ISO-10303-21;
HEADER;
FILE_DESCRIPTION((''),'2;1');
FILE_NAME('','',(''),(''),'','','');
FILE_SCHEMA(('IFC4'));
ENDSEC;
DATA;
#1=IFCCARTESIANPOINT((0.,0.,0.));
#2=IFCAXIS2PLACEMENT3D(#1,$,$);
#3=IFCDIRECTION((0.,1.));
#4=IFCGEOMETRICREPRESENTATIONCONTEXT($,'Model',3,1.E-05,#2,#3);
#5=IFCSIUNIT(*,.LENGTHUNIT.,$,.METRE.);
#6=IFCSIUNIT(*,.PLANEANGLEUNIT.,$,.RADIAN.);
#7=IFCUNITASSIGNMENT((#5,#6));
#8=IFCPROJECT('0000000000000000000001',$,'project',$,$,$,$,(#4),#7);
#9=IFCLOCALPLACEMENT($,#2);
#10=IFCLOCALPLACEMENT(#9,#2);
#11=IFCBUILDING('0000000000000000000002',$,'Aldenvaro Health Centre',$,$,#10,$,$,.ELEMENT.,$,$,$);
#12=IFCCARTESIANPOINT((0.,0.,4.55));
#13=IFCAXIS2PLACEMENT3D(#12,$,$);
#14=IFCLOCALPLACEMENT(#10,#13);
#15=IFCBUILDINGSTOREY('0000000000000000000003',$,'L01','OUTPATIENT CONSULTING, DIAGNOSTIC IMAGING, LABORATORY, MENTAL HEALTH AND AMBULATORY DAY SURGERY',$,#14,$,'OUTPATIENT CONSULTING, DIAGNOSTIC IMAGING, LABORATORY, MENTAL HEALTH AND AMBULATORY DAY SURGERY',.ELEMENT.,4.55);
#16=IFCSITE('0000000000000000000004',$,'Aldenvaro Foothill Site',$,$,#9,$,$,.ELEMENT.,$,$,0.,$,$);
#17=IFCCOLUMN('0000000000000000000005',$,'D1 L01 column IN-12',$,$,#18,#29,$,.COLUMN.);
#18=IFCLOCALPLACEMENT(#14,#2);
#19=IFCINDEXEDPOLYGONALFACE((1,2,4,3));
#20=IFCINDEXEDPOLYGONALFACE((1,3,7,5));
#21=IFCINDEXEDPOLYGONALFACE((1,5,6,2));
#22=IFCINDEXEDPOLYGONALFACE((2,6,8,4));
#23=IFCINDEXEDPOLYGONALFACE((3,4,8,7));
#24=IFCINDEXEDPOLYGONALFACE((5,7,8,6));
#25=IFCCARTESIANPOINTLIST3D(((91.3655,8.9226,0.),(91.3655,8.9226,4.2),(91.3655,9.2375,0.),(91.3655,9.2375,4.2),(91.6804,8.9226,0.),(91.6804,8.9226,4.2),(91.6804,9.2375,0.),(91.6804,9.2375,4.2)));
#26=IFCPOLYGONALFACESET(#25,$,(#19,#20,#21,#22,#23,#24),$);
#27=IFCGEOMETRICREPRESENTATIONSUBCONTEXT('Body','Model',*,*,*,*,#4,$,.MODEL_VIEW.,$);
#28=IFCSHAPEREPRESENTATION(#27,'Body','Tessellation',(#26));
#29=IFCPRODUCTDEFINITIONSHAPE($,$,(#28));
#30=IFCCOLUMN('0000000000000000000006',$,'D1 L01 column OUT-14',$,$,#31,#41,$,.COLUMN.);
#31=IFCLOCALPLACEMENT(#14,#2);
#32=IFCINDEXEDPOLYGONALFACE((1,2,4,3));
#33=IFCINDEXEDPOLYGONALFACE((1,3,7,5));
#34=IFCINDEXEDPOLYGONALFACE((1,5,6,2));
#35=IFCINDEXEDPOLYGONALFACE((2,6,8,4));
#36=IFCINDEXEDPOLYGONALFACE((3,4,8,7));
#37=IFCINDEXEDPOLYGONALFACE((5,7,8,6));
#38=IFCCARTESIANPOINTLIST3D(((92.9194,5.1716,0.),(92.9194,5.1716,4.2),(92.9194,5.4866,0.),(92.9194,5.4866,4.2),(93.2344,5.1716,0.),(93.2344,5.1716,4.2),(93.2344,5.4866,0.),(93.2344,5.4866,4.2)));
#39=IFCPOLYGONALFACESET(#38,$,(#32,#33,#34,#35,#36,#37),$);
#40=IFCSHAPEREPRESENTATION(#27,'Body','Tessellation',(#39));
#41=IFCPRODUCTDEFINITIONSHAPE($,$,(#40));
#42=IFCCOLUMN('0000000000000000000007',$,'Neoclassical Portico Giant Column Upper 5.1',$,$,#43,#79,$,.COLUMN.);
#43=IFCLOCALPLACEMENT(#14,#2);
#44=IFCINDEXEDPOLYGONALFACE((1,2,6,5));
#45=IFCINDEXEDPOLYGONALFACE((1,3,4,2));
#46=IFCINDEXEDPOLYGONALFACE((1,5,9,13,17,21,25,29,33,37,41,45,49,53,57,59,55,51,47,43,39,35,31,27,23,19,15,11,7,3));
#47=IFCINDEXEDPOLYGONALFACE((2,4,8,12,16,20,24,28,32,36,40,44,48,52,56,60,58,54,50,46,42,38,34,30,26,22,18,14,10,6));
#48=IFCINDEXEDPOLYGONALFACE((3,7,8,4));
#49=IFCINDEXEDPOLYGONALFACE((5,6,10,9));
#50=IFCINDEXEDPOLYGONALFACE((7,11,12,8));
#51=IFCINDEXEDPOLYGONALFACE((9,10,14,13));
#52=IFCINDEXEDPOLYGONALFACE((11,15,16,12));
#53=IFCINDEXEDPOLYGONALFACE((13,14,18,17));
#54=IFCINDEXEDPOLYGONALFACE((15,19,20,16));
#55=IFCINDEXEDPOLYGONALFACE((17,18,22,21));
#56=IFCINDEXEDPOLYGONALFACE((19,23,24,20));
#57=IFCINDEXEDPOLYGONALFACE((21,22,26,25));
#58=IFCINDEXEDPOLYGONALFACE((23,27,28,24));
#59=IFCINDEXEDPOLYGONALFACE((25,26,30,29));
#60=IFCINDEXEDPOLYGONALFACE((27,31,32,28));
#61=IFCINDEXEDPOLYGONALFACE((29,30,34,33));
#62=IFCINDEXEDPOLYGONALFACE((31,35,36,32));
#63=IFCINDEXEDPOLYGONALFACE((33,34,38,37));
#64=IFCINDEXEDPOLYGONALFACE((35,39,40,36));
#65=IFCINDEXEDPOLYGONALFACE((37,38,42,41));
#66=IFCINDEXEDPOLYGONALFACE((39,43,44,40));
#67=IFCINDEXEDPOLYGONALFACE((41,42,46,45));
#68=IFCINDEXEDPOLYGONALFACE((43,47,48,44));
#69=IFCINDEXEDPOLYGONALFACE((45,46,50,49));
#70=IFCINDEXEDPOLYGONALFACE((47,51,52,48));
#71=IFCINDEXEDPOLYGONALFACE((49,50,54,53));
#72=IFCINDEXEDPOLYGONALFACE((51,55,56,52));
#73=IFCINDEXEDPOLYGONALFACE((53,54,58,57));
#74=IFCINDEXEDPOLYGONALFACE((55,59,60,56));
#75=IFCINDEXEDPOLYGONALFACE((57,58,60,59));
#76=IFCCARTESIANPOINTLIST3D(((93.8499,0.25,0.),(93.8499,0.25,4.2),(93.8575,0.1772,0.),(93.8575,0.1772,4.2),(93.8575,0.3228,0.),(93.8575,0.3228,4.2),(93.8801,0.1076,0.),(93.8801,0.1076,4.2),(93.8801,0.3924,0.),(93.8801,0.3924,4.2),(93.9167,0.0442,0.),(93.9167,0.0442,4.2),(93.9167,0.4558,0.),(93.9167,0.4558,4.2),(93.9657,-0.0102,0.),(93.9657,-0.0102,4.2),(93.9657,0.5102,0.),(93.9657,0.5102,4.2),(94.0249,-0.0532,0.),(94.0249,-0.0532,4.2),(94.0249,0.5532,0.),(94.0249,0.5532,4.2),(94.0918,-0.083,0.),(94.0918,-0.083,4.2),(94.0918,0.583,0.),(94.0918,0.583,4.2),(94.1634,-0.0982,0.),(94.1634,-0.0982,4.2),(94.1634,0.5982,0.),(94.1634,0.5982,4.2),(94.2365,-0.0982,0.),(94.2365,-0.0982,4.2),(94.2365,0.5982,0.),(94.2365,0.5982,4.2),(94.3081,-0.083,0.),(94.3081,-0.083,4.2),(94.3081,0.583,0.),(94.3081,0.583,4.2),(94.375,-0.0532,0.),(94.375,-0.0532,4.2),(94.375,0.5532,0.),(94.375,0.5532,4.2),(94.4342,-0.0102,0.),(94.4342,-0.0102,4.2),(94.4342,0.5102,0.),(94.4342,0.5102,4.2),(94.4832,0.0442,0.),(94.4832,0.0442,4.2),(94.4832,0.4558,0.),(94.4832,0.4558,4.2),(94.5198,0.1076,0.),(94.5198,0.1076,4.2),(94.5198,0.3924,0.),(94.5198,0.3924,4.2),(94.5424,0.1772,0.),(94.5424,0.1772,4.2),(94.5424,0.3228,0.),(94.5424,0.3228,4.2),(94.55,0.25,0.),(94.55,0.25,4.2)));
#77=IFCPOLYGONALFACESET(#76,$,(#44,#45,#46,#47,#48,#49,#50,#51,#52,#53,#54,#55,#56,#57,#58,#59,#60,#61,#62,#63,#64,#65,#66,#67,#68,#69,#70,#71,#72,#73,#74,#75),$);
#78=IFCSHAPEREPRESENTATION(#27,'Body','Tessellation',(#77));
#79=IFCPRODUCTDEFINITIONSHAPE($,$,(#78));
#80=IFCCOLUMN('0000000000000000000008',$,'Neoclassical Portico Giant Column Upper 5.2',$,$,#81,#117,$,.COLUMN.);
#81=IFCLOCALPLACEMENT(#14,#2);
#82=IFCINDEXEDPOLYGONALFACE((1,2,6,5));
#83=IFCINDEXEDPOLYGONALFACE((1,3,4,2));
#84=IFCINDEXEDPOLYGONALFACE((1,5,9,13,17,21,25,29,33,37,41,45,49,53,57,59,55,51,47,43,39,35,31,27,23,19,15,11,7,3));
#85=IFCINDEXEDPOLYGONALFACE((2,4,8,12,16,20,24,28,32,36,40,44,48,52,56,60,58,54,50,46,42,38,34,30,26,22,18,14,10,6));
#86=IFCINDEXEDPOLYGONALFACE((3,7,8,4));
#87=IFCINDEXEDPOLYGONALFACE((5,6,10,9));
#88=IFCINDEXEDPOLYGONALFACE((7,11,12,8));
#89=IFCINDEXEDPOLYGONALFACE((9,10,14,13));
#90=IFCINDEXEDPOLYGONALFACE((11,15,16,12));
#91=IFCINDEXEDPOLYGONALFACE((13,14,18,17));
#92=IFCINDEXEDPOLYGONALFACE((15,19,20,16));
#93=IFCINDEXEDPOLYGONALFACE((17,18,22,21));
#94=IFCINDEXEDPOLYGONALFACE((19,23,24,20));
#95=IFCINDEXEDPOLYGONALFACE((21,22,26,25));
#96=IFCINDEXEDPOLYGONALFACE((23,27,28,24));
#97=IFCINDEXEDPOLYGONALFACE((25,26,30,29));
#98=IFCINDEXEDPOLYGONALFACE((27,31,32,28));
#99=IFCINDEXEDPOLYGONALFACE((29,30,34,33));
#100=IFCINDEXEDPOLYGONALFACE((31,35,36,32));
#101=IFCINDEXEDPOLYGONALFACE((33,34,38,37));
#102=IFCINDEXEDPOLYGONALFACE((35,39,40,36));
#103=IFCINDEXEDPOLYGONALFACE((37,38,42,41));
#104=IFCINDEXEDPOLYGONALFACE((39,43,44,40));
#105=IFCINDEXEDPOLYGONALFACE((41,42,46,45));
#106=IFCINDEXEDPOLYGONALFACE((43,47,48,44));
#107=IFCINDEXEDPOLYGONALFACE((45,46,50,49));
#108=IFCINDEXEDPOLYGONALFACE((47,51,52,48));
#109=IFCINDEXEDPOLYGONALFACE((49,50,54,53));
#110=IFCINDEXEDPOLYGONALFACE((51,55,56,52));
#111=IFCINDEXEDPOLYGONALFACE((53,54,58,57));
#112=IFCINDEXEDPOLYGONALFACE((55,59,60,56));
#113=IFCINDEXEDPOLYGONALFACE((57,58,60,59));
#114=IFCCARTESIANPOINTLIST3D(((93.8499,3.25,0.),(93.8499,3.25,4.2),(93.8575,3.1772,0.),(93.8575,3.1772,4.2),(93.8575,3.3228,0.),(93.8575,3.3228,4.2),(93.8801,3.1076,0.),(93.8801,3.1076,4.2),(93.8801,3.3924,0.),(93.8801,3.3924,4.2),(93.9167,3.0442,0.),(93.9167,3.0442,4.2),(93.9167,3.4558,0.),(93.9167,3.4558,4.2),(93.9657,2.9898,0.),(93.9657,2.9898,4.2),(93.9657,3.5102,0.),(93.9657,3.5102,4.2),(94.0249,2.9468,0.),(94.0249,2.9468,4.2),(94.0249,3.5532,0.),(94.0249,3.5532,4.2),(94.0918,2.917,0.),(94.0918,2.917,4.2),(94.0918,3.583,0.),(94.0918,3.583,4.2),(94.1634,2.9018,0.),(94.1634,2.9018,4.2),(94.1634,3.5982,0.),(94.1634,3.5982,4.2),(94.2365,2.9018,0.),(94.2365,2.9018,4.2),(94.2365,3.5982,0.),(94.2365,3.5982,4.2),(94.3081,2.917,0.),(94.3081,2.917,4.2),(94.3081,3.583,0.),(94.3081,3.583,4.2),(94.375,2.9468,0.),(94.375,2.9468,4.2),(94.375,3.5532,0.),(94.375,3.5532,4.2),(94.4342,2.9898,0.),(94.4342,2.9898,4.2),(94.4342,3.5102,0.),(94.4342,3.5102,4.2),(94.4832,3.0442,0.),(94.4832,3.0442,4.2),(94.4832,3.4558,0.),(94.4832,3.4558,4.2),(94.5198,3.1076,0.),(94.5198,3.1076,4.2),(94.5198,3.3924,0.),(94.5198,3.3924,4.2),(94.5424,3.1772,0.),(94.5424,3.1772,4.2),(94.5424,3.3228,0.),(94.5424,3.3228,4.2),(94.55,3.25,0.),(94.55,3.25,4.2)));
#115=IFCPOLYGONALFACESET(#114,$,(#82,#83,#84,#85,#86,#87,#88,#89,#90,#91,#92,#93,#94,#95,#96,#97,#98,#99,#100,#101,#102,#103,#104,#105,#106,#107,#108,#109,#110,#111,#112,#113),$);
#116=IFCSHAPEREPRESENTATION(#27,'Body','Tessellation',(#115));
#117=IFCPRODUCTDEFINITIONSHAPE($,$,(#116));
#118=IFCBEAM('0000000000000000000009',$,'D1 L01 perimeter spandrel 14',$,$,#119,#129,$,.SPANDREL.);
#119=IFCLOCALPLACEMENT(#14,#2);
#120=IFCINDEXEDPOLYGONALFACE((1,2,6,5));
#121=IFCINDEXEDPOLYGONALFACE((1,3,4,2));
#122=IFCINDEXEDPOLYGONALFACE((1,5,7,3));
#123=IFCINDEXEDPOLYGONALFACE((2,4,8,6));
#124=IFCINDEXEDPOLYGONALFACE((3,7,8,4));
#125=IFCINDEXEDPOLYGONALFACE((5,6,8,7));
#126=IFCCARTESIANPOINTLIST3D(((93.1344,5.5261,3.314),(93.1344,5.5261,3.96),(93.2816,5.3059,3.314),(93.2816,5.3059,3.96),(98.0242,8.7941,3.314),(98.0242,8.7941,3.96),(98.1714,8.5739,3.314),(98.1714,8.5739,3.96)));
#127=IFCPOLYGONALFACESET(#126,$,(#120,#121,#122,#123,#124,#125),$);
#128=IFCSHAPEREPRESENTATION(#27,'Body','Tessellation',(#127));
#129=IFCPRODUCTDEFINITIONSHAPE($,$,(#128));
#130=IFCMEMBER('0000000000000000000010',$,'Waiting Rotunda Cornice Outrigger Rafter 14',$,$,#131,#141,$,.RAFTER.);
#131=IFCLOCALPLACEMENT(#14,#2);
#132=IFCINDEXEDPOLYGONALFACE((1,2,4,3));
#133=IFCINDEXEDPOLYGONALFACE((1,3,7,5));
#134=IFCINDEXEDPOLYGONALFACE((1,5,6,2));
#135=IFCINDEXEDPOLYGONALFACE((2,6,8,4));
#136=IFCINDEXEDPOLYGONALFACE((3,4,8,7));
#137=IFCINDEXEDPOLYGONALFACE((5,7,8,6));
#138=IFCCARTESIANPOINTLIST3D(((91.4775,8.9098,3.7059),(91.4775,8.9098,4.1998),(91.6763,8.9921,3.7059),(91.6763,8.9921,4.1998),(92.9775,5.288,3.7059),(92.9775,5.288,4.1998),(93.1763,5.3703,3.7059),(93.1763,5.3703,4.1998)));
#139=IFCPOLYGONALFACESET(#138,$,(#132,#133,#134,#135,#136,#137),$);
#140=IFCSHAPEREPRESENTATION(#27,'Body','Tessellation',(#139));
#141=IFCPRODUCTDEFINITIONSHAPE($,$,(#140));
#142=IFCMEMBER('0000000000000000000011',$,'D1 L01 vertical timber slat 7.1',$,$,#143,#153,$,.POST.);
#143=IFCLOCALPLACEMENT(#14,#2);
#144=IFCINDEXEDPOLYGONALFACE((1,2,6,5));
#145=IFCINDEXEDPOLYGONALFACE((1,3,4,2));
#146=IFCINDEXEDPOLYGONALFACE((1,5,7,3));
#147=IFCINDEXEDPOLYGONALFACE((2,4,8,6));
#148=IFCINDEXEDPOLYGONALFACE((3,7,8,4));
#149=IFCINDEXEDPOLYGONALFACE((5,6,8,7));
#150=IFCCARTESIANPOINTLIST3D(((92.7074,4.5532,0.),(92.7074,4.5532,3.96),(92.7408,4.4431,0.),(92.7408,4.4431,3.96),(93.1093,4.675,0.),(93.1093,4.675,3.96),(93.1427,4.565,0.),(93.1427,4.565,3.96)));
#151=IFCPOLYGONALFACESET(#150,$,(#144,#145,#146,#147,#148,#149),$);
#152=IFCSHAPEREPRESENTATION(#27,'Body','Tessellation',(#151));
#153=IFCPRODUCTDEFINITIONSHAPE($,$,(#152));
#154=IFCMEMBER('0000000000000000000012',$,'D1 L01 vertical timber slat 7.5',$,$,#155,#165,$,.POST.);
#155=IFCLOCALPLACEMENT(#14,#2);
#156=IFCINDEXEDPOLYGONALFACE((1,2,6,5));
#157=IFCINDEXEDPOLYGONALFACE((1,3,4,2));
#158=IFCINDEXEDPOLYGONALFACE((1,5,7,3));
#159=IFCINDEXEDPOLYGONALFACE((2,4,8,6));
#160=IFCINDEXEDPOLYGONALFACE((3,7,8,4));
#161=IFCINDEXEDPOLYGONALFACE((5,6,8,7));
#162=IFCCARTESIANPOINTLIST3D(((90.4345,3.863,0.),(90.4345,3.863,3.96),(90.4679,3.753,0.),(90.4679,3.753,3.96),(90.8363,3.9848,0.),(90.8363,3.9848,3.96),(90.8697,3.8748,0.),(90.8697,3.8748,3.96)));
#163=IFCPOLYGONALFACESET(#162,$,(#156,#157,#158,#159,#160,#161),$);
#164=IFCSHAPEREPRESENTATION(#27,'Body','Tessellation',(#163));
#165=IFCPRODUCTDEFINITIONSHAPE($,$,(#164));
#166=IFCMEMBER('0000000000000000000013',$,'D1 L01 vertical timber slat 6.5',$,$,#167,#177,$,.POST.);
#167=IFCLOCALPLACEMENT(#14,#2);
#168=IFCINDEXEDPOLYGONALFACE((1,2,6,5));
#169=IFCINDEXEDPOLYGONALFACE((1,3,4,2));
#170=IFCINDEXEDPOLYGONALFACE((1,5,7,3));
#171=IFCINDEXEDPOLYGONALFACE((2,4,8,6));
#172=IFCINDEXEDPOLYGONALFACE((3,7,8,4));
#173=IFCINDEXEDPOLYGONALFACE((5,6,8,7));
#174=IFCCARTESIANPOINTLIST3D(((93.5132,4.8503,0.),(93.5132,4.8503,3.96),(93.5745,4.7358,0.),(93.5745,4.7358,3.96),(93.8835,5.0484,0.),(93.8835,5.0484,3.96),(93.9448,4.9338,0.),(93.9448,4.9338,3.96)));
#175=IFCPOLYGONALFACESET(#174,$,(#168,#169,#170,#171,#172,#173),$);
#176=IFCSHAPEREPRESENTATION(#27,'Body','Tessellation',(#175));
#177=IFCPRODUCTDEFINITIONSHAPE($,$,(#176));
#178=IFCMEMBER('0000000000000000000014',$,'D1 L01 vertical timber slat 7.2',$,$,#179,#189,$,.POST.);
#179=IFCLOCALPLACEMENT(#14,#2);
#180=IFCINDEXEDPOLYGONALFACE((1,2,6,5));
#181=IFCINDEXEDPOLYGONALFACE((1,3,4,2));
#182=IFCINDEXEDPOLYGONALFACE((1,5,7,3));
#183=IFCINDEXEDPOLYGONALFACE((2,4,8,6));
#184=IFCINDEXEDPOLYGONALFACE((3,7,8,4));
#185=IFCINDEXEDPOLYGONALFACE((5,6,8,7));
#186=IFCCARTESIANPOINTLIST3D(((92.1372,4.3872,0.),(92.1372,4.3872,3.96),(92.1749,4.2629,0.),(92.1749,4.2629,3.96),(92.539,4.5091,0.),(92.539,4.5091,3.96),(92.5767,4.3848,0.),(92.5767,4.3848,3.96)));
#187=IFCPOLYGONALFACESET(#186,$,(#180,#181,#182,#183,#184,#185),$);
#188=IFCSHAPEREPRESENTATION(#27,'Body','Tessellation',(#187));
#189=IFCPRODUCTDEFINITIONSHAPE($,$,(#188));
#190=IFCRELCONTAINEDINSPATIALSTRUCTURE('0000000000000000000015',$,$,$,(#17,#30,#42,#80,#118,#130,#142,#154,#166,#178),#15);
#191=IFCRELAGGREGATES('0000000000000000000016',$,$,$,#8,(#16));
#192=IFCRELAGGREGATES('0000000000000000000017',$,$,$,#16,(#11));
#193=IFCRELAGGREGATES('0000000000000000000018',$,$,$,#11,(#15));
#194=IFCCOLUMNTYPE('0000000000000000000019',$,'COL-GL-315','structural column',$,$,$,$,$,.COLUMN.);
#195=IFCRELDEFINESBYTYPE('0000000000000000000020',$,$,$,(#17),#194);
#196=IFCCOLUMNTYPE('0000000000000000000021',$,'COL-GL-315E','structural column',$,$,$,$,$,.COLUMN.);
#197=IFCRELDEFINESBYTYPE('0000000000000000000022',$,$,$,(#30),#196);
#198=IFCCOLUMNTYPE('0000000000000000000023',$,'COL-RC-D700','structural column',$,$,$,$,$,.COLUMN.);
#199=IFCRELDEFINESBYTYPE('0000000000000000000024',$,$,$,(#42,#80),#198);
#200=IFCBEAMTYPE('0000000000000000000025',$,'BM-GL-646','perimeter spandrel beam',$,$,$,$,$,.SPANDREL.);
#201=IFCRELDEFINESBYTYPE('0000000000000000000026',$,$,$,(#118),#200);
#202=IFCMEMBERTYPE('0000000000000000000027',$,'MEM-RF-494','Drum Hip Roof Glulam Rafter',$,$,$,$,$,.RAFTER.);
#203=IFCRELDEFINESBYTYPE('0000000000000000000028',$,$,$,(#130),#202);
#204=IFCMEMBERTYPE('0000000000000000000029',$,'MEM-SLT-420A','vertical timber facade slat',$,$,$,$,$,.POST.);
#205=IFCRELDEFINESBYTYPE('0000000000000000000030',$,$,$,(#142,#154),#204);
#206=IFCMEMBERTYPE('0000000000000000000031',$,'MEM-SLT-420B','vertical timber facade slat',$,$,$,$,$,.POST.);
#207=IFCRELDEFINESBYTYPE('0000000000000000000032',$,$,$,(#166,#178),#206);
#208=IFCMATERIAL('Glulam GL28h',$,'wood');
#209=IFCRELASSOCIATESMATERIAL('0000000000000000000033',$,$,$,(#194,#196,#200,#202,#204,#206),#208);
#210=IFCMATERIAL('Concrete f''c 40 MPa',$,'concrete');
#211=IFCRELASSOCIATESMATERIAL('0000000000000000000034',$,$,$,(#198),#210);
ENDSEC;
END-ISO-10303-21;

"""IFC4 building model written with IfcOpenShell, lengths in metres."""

from ifc_helpers import new_model, si_unit, direction, frame, origin, origin_2d, place, context, subcontext, project, spatial, rectangle, circle, extrude, material, material_profile, profile_set, type_object, element, save


model = new_model("IFC4")

# Units and contexts
model_context = context("Model", 3, precision=1e-05, world=origin(), true_north=direction((0.0, 1.0)))
body_context = subcontext(model_context, "Body", "Model", "MODEL_VIEW")
ifc_project = project(units=[si_unit("LENGTHUNIT", "METRE"), si_unit("PLANEANGLEUNIT", "RADIAN")], contexts=[model_context])

# Site, building, storey
site_placement = place(None, origin())
site = spatial("IfcSite", under=ifc_project, at=site_placement, Name="Aldenvaro Foothill Site", CompositionType="ELEMENT", RefElevation=0.0)
building_placement = place(site_placement, origin())
building = spatial("IfcBuilding", under=site, at=building_placement, Name="Aldenvaro Health Centre", CompositionType="ELEMENT")
storey_placement = place(building_placement, frame((0.0, 0.0, 4.55)))
storey = spatial("IfcBuildingStorey", under=building, at=storey_placement, Name="L01", Description="OUTPATIENT CONSULTING, DIAGNOSTIC IMAGING, LABORATORY, MENTAL HEALTH AND AMBULATORY DAY SURGERY", LongName="OUTPATIENT CONSULTING, DIAGNOSTIC IMAGING, LABORATORY, MENTAL HEALTH AND AMBULATORY DAY SURGERY", CompositionType="ELEMENT", Elevation=4.55)

# Columns
ifc_material_1 = material(Name="Glulam GL28h", Category="wood")
ifc_material_profile_1 = material_profile(ifc_material_1, rectangle(XDim=0.3149, YDim=0.3149, at=origin_2d()), Name="GL 315x315", Category="wood")
ifc_profile_set_1 = profile_set([ifc_material_profile_1], Name="Glulam GL28h")
column_type_1 = type_object("IfcColumnType", Name="COL-GL-315", Description="structural column", PredefinedType="COLUMN", material=ifc_profile_set_1)
column_1_placement = place(storey_placement, frame((91.5229, 9.0801, 0.0), z_axis=(0.0, 0.0, 1.0), x_axis=(1.0, 0.0, 0.0)))
element("IfcColumn", 1, at=column_1_placement, inside=storey, type_object=column_type_1, Name="D1 L01 column IN-12", PredefinedType="COLUMN", context=body_context, shape_type="SweptSolid", body=[
    extrude(rectangle(XDim=0.3149, YDim=0.3149, at=origin_2d()), origin(), (0.0, 0.0, 1.0), 4.2),
])
ifc_material_profile_2 = material_profile(ifc_material_1, rectangle(XDim=0.3149, YDim=0.3149, at=origin_2d()), Name="GL 315x315", Category="wood")
ifc_profile_set_2 = profile_set([ifc_material_profile_2], Name="Glulam GL28h")
column_type_2 = type_object("IfcColumnType", Name="COL-GL-315E", Description="structural column", PredefinedType="COLUMN", material=ifc_profile_set_2)
column_2_placement = place(storey_placement, frame((93.0769, 5.3291, 0.0), z_axis=(0.0, 0.0, 1.0), x_axis=(1.0, 0.0, 0.0)))
element("IfcColumn", 2, at=column_2_placement, inside=storey, type_object=column_type_2, Name="D1 L01 column OUT-14", PredefinedType="COLUMN", context=body_context, shape_type="SweptSolid", body=[
    extrude(rectangle(XDim=0.3149, YDim=0.3149, at=origin_2d()), origin(), (0.0, 0.0, 1.0), 4.2),
])
ifc_material_2 = material(Name="Concrete f'c 40 MPa", Category="concrete")
ifc_material_profile_3 = material_profile(ifc_material_2, circle(Radius=0.3501, at=origin_2d()), Name="RC D700", Category="concrete")
ifc_profile_set_3 = profile_set([ifc_material_profile_3], Name="Concrete f'c 40 MPa")
column_type_3 = type_object("IfcColumnType", Name="COL-RC-D700", Description="structural column", PredefinedType="COLUMN", material=ifc_profile_set_3)
for number, where, z_axis, x_axis, name in (
    (3, (94.2, 0.25, 0.0), (0.0, 0.0, 1.0), (1.0, 0.0, 0.0), "Neoclassical Portico Giant Column Upper 5.1"),
    (4, (94.2, 3.25, 0.0), (0.0, 0.0, 1.0), (1.0, 0.0, 0.0), "Neoclassical Portico Giant Column Upper 5.2"),
):
    element("IfcColumn", number, at=place(storey_placement, frame(where, z_axis=z_axis, x_axis=x_axis)), inside=storey, type_object=column_type_3, Name=name, PredefinedType="COLUMN", context=body_context, shape_type="SweptSolid", body=[
        extrude(circle(Radius=0.3501, at=origin_2d()), origin(), (0.0, 0.0, 1.0), 4.2),
    ])

# Beam
ifc_material_profile_4 = material_profile(ifc_material_1, rectangle(XDim=0.2649, YDim=0.646, at=origin_2d()), Name="GL 265x646", Category="wood")
ifc_profile_set_4 = profile_set([ifc_material_profile_4], Name="Glulam GL28h")
beam_type = type_object("IfcBeamType", Name="BM-GL-646", Description="perimeter spandrel beam", PredefinedType="SPANDREL", material=ifc_profile_set_4)
beam_placement = place(storey_placement, frame((93.208, 5.416, 3.637), z_axis=(0.831411, 0.555658, 0.0), x_axis=(-0.555658, 0.831411, 0.0)))
element("IfcBeam", 5, at=beam_placement, inside=storey, type_object=beam_type, Name="D1 L01 perimeter spandrel 14", PredefinedType="SPANDREL", context=body_context, shape_type="SweptSolid", body=[
    extrude(rectangle(XDim=0.2649, YDim=0.646, at=origin_2d()), origin(), (0.0, 0.0, 1.0), 5.8813),
])

# Members
ifc_material_profile_5 = material_profile(ifc_material_1, rectangle(XDim=0.2151, YDim=0.4939, at=origin_2d()), Name="GL 215x494", Category="wood")
ifc_profile_set_5 = profile_set([ifc_material_profile_5], Name="Glulam GL28h")
member_type_1 = type_object("IfcMemberType", Name="MEM-RF-494", Description="Drum Hip Roof Glulam Rafter", PredefinedType="RAFTER", material=ifc_profile_set_5)
member_placement = place(storey_placement, frame((93.0769, 5.3291, 3.9529), z_axis=(-0.382638, 0.923898, 0.0), x_axis=(-0.923898, -0.382638, 0.0)))
element("IfcMember", 6, at=member_placement, inside=storey, type_object=member_type_1, Name="Waiting Rotunda Cornice Outrigger Rafter 14", PredefinedType="RAFTER", context=body_context, shape_type="SweptSolid", body=[
    extrude(rectangle(XDim=0.2151, YDim=0.4939, at=origin_2d()), origin(), (0.0, 0.0, 1.0), 3.9202),
])
ifc_material_profile_6 = material_profile(ifc_material_1, rectangle(XDim=0.115, YDim=0.4199, at=origin_2d()), Name="GL 115x420", Category="wood")
ifc_profile_set_6 = profile_set([ifc_material_profile_6], Name="Glulam GL28h")
member_type_2 = type_object("IfcMemberType", Name="MEM-SLT-420A", Description="vertical timber facade slat", PredefinedType="POST", material=ifc_profile_set_6)
for number, where, z_axis, x_axis, name in (
    (7, (92.925, 4.5591, 0.0), (0.0, 0.0, 1.0), (0.290171, -0.956975, 0.0), "D1 L01 vertical timber slat 7.1"),
    (8, (90.6521, 3.8689, 0.0), (0.0, 0.0, 1.0), (0.290171, -0.956975, 0.0), "D1 L01 vertical timber slat 7.5"),
):
    element("IfcMember", number, at=place(storey_placement, frame(where, z_axis=z_axis, x_axis=x_axis)), inside=storey, type_object=member_type_2, Name=name, PredefinedType="POST", context=body_context, shape_type="SweptSolid", body=[
        extrude(rectangle(XDim=0.115, YDim=0.4199, at=origin_2d()), origin(), (0.0, 0.0, 1.0), 3.96),
    ])
ifc_material_profile_7 = material_profile(ifc_material_1, rectangle(XDim=0.1299, YDim=0.4199, at=origin_2d()), Name="GL 130x420", Category="wood")
ifc_profile_set_7 = profile_set([ifc_material_profile_7], Name="Glulam GL28h")
member_type_3 = type_object("IfcMemberType", Name="MEM-SLT-420B", Description="vertical timber facade slat", PredefinedType="POST", material=ifc_profile_set_7)
for number, where, z_axis, x_axis, name in (
    (9, (93.729, 4.8921, 0.0), (0.0, 0.0, 1.0), (0.471557, -0.881836, 0.0), "D1 L01 vertical timber slat 6.5"),
    (10, (92.3569, 4.386, 0.0), (0.0, 0.0, 1.0), (0.290171, -0.956975, 0.0), "D1 L01 vertical timber slat 7.2"),
):
    element("IfcMember", number, at=place(storey_placement, frame(where, z_axis=z_axis, x_axis=x_axis)), inside=storey, type_object=member_type_3, Name=name, PredefinedType="POST", context=body_context, shape_type="SweptSolid", body=[
        extrude(rectangle(XDim=0.1299, YDim=0.4199, at=origin_2d()), origin(), (0.0, 0.0, 1.0), 3.96),
    ])

save(model, "model.ifc")
